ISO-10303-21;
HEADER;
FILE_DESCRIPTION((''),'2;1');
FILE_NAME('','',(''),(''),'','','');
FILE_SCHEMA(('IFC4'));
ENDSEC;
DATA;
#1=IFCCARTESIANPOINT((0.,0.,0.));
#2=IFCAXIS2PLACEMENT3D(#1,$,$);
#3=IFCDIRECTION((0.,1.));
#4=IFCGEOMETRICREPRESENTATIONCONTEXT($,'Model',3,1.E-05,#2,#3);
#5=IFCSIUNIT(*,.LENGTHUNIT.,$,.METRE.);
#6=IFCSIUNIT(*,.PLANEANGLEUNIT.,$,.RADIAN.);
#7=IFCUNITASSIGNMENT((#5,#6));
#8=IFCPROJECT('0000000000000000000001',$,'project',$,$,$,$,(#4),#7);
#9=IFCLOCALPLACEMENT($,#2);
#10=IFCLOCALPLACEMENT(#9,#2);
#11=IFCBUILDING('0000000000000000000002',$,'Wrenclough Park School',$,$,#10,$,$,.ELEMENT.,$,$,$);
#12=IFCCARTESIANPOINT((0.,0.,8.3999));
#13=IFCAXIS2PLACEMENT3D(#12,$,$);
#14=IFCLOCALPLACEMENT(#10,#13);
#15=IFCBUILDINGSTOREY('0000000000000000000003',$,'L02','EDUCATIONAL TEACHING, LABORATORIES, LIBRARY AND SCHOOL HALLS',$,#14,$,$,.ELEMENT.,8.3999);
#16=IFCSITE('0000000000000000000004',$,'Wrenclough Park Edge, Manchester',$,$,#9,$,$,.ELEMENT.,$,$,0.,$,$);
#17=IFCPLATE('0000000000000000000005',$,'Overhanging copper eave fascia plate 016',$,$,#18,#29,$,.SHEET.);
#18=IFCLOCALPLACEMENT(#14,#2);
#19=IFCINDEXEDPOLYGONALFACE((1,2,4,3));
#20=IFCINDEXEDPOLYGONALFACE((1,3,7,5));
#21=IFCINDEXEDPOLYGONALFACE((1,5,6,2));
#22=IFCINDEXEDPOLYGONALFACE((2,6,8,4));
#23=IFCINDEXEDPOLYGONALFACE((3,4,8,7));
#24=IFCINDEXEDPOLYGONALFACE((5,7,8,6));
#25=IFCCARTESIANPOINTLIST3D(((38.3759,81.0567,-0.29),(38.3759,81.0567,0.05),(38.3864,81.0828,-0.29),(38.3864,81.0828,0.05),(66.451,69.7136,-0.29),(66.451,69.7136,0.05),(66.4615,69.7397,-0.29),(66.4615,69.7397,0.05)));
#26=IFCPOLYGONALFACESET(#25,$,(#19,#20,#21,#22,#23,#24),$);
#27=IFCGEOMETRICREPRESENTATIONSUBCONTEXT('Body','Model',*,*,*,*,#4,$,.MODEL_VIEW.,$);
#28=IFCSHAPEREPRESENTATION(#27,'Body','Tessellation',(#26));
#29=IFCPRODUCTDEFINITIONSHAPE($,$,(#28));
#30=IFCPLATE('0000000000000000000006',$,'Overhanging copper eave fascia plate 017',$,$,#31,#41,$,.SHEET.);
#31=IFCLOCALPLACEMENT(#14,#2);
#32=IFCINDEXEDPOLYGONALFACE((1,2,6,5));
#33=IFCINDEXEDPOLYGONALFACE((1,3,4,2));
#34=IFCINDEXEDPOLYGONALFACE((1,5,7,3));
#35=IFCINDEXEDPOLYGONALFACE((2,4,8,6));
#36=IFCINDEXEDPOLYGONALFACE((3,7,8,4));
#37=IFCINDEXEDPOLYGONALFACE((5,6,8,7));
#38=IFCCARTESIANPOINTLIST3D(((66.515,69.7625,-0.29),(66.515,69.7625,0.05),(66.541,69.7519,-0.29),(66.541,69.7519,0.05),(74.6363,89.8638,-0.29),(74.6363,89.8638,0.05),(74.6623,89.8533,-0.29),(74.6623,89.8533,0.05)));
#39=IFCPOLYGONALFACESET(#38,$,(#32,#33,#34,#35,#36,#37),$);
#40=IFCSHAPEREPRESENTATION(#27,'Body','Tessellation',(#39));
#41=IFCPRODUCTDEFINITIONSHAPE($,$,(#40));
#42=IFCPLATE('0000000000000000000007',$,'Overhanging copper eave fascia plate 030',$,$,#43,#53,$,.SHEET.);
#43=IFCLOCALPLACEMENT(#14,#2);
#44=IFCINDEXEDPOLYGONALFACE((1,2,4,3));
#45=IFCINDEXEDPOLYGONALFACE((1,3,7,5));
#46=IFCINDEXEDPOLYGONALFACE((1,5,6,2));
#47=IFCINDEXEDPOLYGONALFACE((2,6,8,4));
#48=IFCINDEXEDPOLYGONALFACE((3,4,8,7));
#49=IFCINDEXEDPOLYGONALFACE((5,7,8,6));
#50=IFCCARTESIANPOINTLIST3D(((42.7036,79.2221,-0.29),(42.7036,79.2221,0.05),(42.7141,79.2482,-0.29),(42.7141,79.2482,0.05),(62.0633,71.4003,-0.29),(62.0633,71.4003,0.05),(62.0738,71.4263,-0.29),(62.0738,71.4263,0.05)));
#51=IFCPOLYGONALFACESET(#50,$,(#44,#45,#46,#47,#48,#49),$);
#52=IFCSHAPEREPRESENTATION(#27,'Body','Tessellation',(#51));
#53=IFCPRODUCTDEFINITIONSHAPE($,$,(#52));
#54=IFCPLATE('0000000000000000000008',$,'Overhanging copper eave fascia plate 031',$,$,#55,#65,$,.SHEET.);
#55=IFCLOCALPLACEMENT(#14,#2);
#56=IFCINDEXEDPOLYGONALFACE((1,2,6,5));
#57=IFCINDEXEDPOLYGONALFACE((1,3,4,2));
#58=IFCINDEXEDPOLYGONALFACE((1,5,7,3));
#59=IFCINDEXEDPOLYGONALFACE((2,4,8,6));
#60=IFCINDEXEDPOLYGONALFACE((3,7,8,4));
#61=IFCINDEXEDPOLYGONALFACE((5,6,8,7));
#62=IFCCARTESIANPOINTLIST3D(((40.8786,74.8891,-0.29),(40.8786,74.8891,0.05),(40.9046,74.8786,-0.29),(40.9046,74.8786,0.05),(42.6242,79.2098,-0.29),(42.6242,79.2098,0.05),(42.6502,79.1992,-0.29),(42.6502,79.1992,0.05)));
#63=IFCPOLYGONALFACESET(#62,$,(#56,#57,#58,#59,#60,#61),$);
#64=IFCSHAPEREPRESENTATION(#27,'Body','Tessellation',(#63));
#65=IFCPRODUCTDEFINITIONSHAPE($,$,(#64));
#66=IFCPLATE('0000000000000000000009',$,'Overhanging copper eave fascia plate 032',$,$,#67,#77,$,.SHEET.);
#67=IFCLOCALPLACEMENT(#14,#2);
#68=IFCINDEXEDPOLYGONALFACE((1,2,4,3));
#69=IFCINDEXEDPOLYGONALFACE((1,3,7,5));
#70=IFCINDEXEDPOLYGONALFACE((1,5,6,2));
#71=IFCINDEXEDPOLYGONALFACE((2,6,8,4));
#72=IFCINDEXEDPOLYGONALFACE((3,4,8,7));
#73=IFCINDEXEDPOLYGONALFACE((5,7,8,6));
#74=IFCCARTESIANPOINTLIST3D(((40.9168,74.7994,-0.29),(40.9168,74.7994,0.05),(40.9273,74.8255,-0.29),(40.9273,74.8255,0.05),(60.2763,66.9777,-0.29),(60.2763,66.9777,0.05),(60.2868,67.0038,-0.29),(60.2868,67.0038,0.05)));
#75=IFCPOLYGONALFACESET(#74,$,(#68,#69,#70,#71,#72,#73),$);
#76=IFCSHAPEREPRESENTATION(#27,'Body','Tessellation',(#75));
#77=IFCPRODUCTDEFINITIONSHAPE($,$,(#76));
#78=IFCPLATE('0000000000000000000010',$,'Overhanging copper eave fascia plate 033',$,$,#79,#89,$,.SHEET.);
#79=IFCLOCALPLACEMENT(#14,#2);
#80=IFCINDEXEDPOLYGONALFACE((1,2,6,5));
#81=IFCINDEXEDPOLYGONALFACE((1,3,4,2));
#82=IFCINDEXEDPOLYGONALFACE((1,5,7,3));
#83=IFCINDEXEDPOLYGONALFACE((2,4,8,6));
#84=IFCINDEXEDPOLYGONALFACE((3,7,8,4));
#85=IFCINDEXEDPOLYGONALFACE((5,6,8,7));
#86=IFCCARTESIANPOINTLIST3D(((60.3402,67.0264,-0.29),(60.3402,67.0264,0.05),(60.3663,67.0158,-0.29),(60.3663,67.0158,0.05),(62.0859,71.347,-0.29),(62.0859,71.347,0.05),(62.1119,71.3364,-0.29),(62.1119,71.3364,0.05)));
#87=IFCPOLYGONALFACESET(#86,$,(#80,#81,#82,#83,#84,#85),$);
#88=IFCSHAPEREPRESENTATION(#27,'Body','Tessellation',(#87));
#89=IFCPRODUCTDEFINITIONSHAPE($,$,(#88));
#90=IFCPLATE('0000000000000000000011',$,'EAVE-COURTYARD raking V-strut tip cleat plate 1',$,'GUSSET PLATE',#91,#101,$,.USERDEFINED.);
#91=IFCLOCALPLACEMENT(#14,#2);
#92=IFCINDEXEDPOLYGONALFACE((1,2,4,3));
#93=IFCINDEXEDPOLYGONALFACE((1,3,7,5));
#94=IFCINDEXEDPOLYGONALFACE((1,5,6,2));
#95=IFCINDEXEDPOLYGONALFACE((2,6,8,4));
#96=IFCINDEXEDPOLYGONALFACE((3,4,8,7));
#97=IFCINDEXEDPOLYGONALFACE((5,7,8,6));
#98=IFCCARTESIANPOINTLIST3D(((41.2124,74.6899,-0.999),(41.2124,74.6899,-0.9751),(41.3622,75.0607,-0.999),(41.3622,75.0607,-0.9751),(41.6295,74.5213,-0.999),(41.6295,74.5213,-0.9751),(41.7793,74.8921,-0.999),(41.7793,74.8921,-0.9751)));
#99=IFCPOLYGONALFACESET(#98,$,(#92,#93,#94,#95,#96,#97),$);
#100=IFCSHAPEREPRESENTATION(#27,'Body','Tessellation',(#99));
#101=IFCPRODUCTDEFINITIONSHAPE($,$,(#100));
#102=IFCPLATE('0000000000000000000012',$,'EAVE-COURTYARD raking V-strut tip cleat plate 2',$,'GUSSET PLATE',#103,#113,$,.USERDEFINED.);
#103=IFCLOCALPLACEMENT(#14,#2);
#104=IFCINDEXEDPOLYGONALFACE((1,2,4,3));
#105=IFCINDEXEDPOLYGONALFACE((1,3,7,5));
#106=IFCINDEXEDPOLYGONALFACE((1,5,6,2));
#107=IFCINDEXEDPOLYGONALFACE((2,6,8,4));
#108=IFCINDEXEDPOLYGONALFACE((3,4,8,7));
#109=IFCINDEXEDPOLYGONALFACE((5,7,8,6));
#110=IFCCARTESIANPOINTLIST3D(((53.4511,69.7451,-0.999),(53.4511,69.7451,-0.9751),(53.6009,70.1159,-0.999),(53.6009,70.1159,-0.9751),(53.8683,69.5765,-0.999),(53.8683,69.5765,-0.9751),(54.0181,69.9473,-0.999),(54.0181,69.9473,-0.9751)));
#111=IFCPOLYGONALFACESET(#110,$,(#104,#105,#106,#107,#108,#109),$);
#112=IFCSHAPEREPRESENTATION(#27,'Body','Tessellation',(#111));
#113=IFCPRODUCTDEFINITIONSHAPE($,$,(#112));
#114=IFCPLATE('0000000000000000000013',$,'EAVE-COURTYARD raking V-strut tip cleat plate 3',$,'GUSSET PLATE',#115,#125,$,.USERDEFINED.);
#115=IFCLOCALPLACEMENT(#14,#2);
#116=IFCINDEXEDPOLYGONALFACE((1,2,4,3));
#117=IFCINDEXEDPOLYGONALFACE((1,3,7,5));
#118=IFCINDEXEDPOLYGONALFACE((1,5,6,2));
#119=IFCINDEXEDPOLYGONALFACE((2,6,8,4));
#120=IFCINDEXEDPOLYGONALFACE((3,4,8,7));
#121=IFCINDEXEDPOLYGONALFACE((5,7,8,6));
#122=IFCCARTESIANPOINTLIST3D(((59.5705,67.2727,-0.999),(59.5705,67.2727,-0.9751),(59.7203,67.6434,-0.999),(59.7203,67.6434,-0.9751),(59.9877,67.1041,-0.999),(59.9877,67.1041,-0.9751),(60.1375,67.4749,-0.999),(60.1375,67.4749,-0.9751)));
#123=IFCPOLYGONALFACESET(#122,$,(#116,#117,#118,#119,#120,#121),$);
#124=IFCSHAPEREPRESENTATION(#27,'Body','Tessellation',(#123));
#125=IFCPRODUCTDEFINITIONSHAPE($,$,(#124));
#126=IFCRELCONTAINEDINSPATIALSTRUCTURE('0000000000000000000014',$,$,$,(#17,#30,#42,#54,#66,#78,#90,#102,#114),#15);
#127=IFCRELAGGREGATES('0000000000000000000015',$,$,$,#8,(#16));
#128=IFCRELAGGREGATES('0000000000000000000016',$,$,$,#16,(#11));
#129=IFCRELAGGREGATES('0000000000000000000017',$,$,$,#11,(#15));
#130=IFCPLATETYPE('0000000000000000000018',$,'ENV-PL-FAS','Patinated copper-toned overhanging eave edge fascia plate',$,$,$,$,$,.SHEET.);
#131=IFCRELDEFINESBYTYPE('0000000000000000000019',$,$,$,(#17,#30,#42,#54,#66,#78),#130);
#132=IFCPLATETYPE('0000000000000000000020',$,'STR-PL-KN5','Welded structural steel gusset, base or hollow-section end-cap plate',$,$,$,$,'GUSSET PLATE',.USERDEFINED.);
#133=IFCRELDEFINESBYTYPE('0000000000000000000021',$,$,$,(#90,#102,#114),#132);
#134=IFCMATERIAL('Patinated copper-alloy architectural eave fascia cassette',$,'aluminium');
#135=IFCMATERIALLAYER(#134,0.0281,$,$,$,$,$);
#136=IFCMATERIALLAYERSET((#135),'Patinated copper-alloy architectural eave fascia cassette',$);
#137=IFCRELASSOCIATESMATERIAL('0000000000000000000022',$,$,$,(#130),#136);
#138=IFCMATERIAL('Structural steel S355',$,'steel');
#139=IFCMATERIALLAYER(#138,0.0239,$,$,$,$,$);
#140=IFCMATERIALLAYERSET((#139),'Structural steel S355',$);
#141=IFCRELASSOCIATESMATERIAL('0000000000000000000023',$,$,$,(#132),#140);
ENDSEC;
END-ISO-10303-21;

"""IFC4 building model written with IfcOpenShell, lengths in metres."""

from ifc_helpers import new_model, si_unit, direction, frame, origin, origin_2d, place, context, subcontext, project, spatial, rectangle, extrude, material, layer, layer_set, type_object, element, save


model = new_model("IFC4")

# Units and contexts
model_context = context("Model", 3, precision=1e-05, world=origin(), true_north=direction((0.0, 1.0)))
body_context = subcontext(model_context, "Body", "Model", "MODEL_VIEW")
ifc_project = project(units=[si_unit("LENGTHUNIT", "METRE"), si_unit("PLANEANGLEUNIT", "RADIAN")], contexts=[model_context])

# Site, building, storey
site_placement = place(None, origin())
site = spatial("IfcSite", under=ifc_project, at=site_placement, Name="Wrenclough Park Edge, Manchester", CompositionType="ELEMENT", RefElevation=0.0)
building_placement = place(site_placement, origin())
building = spatial("IfcBuilding", under=site, at=building_placement, Name="Wrenclough Park School", CompositionType="ELEMENT")
storey_placement = place(building_placement, frame((0.0, 0.0, 8.3999)))
storey = spatial("IfcBuildingStorey", under=building, at=storey_placement, Name="L02", Description="EDUCATIONAL TEACHING, LABORATORIES, LIBRARY AND SCHOOL HALLS", CompositionType="ELEMENT", Elevation=8.3999)

# Shared definitions
ifc_material_1 = material(Name="Structural steel S355", Category="steel")

# Plates
ifc_material_2 = material(Name="Patinated copper-alloy architectural eave fascia cassette", Category="aluminium")
ifc_layer_1 = layer(ifc_material_2, 0.0281)
ifc_layer_set_1 = layer_set([ifc_layer_1], Name="Patinated copper-alloy architectural eave fascia cassette")
plate_type_1 = type_object("IfcPlateType", Name="ENV-PL-FAS", Description="Patinated copper-toned overhanging eave edge fascia plate", PredefinedType="SHEET", material=ifc_layer_set_1)
plate_1_placement = place(storey_placement, frame((52.4187, 75.3982, -0.29), z_axis=(0.0, 0.0, 1.0), x_axis=(0.927184, -0.374607, 0.0)))
element("IfcPlate", 1, at=plate_1_placement, inside=storey, type_object=plate_type_1, Name="Overhanging copper eave fascia plate 016", PredefinedType="SHEET", context=body_context, shape_type="SweptSolid", body=[
    extrude(rectangle(XDim=30.28, YDim=0.0281, at=origin_2d()), origin(), (0.0, 0.0, 1.0), 0.3401),
])
plate_2_placement = place(storey_placement, frame((70.5886, 79.8079, -0.29), z_axis=(0.0, 0.0, 1.0), x_axis=(0.3746, 0.927186, 0.0)))
element("IfcPlate", 2, at=plate_2_placement, inside=storey, type_object=plate_type_1, Name="Overhanging copper eave fascia plate 017", PredefinedType="SHEET", context=body_context, shape_type="SweptSolid", body=[
    extrude(rectangle(XDim=21.6799, YDim=0.0281, at=origin_2d()), origin(), (0.0, 0.0, 1.0), 0.3401),
])
plate_3_placement = place(storey_placement, frame((52.3887, 75.3242, -0.29), z_axis=(0.0, 0.0, 1.0), x_axis=(-0.927183, 0.374608, 0.0)))
element("IfcPlate", 3, at=plate_3_placement, inside=storey, type_object=plate_type_1, Name="Overhanging copper eave fascia plate 030", PredefinedType="SHEET", context=body_context, shape_type="SweptSolid", body=[
    extrude(rectangle(XDim=20.8801, YDim=0.0281, at=origin_2d()), origin(), (0.0, 0.0, 1.0), 0.3401),
])
plate_4_placement = place(storey_placement, frame((41.7644, 77.0442, -0.29), z_axis=(0.0, 0.0, 1.0), x_axis=(-0.374599, -0.927187, 0.0)))
element("IfcPlate", 4, at=plate_4_placement, inside=storey, type_object=plate_type_1, Name="Overhanging copper eave fascia plate 031", PredefinedType="SHEET", context=body_context, shape_type="SweptSolid", body=[
    extrude(rectangle(XDim=4.6599, YDim=0.0281, at=origin_2d()), origin(), (0.0, 0.0, 1.0), 0.3401),
])
plate_5_placement = place(storey_placement, frame((50.6018, 70.9016, -0.29), z_axis=(0.0, 0.0, 1.0), x_axis=(0.927185, -0.374604, 0.0)))
element("IfcPlate", 5, at=plate_5_placement, inside=storey, type_object=plate_type_1, Name="Overhanging copper eave fascia plate 032", PredefinedType="SHEET", context=body_context, shape_type="SweptSolid", body=[
    extrude(rectangle(XDim=20.8799, YDim=0.0281, at=origin_2d()), origin(), (0.0, 0.0, 1.0), 0.3401),
])
plate_6_placement = place(storey_placement, frame((61.2261, 69.1814, -0.29), z_axis=(0.0, 0.0, 1.0), x_axis=(0.374606, 0.927184, 0.0)))
element("IfcPlate", 6, at=plate_6_placement, inside=storey, type_object=plate_type_1, Name="Overhanging copper eave fascia plate 033", PredefinedType="SHEET", context=body_context, shape_type="SweptSolid", body=[
    extrude(rectangle(XDim=4.6599, YDim=0.0281, at=origin_2d()), origin(), (0.0, 0.0, 1.0), 0.3401),
])
ifc_layer_2 = layer(ifc_material_1, 0.0239)
ifc_layer_set_2 = layer_set([ifc_layer_2], Name="Structural steel S355")
plate_type_2 = type_object("IfcPlateType", Name="STR-PL-KN5", Description="Welded structural steel gusset, base or hollow-section end-cap plate", ElementType="GUSSET PLATE", PredefinedType="USERDEFINED", material=ifc_layer_set_2)
for number, where, z_axis, x_axis, name in (
    (7, (41.4958, 74.791, -0.999), (0.0, 0.0, 1.0), (0.927184, -0.374607, 0.0), "EAVE-COURTYARD raking V-strut tip cleat plate 1"),
    (8, (53.7346, 69.8462, -0.999), (0.0, 0.0, 1.0), (0.927184, -0.374607, 0.0), "EAVE-COURTYARD raking V-strut tip cleat plate 2"),
    (9, (59.854, 67.3738, -0.999), (0.0, 0.0, 1.0), (0.927184, -0.374607, 0.0), "EAVE-COURTYARD raking V-strut tip cleat plate 3"),
):
    element("IfcPlate", number, at=place(storey_placement, frame(where, z_axis=z_axis, x_axis=x_axis)), inside=storey, type_object=plate_type_2, Name=name, ObjectType="GUSSET PLATE", PredefinedType="USERDEFINED", context=body_context, shape_type="SweptSolid", body=[
        extrude(rectangle(XDim=0.45, YDim=0.3999, at=origin_2d()), origin(), (0.0, 0.0, 1.0), 0.0239),
    ])

save(model, "model.ifc")
